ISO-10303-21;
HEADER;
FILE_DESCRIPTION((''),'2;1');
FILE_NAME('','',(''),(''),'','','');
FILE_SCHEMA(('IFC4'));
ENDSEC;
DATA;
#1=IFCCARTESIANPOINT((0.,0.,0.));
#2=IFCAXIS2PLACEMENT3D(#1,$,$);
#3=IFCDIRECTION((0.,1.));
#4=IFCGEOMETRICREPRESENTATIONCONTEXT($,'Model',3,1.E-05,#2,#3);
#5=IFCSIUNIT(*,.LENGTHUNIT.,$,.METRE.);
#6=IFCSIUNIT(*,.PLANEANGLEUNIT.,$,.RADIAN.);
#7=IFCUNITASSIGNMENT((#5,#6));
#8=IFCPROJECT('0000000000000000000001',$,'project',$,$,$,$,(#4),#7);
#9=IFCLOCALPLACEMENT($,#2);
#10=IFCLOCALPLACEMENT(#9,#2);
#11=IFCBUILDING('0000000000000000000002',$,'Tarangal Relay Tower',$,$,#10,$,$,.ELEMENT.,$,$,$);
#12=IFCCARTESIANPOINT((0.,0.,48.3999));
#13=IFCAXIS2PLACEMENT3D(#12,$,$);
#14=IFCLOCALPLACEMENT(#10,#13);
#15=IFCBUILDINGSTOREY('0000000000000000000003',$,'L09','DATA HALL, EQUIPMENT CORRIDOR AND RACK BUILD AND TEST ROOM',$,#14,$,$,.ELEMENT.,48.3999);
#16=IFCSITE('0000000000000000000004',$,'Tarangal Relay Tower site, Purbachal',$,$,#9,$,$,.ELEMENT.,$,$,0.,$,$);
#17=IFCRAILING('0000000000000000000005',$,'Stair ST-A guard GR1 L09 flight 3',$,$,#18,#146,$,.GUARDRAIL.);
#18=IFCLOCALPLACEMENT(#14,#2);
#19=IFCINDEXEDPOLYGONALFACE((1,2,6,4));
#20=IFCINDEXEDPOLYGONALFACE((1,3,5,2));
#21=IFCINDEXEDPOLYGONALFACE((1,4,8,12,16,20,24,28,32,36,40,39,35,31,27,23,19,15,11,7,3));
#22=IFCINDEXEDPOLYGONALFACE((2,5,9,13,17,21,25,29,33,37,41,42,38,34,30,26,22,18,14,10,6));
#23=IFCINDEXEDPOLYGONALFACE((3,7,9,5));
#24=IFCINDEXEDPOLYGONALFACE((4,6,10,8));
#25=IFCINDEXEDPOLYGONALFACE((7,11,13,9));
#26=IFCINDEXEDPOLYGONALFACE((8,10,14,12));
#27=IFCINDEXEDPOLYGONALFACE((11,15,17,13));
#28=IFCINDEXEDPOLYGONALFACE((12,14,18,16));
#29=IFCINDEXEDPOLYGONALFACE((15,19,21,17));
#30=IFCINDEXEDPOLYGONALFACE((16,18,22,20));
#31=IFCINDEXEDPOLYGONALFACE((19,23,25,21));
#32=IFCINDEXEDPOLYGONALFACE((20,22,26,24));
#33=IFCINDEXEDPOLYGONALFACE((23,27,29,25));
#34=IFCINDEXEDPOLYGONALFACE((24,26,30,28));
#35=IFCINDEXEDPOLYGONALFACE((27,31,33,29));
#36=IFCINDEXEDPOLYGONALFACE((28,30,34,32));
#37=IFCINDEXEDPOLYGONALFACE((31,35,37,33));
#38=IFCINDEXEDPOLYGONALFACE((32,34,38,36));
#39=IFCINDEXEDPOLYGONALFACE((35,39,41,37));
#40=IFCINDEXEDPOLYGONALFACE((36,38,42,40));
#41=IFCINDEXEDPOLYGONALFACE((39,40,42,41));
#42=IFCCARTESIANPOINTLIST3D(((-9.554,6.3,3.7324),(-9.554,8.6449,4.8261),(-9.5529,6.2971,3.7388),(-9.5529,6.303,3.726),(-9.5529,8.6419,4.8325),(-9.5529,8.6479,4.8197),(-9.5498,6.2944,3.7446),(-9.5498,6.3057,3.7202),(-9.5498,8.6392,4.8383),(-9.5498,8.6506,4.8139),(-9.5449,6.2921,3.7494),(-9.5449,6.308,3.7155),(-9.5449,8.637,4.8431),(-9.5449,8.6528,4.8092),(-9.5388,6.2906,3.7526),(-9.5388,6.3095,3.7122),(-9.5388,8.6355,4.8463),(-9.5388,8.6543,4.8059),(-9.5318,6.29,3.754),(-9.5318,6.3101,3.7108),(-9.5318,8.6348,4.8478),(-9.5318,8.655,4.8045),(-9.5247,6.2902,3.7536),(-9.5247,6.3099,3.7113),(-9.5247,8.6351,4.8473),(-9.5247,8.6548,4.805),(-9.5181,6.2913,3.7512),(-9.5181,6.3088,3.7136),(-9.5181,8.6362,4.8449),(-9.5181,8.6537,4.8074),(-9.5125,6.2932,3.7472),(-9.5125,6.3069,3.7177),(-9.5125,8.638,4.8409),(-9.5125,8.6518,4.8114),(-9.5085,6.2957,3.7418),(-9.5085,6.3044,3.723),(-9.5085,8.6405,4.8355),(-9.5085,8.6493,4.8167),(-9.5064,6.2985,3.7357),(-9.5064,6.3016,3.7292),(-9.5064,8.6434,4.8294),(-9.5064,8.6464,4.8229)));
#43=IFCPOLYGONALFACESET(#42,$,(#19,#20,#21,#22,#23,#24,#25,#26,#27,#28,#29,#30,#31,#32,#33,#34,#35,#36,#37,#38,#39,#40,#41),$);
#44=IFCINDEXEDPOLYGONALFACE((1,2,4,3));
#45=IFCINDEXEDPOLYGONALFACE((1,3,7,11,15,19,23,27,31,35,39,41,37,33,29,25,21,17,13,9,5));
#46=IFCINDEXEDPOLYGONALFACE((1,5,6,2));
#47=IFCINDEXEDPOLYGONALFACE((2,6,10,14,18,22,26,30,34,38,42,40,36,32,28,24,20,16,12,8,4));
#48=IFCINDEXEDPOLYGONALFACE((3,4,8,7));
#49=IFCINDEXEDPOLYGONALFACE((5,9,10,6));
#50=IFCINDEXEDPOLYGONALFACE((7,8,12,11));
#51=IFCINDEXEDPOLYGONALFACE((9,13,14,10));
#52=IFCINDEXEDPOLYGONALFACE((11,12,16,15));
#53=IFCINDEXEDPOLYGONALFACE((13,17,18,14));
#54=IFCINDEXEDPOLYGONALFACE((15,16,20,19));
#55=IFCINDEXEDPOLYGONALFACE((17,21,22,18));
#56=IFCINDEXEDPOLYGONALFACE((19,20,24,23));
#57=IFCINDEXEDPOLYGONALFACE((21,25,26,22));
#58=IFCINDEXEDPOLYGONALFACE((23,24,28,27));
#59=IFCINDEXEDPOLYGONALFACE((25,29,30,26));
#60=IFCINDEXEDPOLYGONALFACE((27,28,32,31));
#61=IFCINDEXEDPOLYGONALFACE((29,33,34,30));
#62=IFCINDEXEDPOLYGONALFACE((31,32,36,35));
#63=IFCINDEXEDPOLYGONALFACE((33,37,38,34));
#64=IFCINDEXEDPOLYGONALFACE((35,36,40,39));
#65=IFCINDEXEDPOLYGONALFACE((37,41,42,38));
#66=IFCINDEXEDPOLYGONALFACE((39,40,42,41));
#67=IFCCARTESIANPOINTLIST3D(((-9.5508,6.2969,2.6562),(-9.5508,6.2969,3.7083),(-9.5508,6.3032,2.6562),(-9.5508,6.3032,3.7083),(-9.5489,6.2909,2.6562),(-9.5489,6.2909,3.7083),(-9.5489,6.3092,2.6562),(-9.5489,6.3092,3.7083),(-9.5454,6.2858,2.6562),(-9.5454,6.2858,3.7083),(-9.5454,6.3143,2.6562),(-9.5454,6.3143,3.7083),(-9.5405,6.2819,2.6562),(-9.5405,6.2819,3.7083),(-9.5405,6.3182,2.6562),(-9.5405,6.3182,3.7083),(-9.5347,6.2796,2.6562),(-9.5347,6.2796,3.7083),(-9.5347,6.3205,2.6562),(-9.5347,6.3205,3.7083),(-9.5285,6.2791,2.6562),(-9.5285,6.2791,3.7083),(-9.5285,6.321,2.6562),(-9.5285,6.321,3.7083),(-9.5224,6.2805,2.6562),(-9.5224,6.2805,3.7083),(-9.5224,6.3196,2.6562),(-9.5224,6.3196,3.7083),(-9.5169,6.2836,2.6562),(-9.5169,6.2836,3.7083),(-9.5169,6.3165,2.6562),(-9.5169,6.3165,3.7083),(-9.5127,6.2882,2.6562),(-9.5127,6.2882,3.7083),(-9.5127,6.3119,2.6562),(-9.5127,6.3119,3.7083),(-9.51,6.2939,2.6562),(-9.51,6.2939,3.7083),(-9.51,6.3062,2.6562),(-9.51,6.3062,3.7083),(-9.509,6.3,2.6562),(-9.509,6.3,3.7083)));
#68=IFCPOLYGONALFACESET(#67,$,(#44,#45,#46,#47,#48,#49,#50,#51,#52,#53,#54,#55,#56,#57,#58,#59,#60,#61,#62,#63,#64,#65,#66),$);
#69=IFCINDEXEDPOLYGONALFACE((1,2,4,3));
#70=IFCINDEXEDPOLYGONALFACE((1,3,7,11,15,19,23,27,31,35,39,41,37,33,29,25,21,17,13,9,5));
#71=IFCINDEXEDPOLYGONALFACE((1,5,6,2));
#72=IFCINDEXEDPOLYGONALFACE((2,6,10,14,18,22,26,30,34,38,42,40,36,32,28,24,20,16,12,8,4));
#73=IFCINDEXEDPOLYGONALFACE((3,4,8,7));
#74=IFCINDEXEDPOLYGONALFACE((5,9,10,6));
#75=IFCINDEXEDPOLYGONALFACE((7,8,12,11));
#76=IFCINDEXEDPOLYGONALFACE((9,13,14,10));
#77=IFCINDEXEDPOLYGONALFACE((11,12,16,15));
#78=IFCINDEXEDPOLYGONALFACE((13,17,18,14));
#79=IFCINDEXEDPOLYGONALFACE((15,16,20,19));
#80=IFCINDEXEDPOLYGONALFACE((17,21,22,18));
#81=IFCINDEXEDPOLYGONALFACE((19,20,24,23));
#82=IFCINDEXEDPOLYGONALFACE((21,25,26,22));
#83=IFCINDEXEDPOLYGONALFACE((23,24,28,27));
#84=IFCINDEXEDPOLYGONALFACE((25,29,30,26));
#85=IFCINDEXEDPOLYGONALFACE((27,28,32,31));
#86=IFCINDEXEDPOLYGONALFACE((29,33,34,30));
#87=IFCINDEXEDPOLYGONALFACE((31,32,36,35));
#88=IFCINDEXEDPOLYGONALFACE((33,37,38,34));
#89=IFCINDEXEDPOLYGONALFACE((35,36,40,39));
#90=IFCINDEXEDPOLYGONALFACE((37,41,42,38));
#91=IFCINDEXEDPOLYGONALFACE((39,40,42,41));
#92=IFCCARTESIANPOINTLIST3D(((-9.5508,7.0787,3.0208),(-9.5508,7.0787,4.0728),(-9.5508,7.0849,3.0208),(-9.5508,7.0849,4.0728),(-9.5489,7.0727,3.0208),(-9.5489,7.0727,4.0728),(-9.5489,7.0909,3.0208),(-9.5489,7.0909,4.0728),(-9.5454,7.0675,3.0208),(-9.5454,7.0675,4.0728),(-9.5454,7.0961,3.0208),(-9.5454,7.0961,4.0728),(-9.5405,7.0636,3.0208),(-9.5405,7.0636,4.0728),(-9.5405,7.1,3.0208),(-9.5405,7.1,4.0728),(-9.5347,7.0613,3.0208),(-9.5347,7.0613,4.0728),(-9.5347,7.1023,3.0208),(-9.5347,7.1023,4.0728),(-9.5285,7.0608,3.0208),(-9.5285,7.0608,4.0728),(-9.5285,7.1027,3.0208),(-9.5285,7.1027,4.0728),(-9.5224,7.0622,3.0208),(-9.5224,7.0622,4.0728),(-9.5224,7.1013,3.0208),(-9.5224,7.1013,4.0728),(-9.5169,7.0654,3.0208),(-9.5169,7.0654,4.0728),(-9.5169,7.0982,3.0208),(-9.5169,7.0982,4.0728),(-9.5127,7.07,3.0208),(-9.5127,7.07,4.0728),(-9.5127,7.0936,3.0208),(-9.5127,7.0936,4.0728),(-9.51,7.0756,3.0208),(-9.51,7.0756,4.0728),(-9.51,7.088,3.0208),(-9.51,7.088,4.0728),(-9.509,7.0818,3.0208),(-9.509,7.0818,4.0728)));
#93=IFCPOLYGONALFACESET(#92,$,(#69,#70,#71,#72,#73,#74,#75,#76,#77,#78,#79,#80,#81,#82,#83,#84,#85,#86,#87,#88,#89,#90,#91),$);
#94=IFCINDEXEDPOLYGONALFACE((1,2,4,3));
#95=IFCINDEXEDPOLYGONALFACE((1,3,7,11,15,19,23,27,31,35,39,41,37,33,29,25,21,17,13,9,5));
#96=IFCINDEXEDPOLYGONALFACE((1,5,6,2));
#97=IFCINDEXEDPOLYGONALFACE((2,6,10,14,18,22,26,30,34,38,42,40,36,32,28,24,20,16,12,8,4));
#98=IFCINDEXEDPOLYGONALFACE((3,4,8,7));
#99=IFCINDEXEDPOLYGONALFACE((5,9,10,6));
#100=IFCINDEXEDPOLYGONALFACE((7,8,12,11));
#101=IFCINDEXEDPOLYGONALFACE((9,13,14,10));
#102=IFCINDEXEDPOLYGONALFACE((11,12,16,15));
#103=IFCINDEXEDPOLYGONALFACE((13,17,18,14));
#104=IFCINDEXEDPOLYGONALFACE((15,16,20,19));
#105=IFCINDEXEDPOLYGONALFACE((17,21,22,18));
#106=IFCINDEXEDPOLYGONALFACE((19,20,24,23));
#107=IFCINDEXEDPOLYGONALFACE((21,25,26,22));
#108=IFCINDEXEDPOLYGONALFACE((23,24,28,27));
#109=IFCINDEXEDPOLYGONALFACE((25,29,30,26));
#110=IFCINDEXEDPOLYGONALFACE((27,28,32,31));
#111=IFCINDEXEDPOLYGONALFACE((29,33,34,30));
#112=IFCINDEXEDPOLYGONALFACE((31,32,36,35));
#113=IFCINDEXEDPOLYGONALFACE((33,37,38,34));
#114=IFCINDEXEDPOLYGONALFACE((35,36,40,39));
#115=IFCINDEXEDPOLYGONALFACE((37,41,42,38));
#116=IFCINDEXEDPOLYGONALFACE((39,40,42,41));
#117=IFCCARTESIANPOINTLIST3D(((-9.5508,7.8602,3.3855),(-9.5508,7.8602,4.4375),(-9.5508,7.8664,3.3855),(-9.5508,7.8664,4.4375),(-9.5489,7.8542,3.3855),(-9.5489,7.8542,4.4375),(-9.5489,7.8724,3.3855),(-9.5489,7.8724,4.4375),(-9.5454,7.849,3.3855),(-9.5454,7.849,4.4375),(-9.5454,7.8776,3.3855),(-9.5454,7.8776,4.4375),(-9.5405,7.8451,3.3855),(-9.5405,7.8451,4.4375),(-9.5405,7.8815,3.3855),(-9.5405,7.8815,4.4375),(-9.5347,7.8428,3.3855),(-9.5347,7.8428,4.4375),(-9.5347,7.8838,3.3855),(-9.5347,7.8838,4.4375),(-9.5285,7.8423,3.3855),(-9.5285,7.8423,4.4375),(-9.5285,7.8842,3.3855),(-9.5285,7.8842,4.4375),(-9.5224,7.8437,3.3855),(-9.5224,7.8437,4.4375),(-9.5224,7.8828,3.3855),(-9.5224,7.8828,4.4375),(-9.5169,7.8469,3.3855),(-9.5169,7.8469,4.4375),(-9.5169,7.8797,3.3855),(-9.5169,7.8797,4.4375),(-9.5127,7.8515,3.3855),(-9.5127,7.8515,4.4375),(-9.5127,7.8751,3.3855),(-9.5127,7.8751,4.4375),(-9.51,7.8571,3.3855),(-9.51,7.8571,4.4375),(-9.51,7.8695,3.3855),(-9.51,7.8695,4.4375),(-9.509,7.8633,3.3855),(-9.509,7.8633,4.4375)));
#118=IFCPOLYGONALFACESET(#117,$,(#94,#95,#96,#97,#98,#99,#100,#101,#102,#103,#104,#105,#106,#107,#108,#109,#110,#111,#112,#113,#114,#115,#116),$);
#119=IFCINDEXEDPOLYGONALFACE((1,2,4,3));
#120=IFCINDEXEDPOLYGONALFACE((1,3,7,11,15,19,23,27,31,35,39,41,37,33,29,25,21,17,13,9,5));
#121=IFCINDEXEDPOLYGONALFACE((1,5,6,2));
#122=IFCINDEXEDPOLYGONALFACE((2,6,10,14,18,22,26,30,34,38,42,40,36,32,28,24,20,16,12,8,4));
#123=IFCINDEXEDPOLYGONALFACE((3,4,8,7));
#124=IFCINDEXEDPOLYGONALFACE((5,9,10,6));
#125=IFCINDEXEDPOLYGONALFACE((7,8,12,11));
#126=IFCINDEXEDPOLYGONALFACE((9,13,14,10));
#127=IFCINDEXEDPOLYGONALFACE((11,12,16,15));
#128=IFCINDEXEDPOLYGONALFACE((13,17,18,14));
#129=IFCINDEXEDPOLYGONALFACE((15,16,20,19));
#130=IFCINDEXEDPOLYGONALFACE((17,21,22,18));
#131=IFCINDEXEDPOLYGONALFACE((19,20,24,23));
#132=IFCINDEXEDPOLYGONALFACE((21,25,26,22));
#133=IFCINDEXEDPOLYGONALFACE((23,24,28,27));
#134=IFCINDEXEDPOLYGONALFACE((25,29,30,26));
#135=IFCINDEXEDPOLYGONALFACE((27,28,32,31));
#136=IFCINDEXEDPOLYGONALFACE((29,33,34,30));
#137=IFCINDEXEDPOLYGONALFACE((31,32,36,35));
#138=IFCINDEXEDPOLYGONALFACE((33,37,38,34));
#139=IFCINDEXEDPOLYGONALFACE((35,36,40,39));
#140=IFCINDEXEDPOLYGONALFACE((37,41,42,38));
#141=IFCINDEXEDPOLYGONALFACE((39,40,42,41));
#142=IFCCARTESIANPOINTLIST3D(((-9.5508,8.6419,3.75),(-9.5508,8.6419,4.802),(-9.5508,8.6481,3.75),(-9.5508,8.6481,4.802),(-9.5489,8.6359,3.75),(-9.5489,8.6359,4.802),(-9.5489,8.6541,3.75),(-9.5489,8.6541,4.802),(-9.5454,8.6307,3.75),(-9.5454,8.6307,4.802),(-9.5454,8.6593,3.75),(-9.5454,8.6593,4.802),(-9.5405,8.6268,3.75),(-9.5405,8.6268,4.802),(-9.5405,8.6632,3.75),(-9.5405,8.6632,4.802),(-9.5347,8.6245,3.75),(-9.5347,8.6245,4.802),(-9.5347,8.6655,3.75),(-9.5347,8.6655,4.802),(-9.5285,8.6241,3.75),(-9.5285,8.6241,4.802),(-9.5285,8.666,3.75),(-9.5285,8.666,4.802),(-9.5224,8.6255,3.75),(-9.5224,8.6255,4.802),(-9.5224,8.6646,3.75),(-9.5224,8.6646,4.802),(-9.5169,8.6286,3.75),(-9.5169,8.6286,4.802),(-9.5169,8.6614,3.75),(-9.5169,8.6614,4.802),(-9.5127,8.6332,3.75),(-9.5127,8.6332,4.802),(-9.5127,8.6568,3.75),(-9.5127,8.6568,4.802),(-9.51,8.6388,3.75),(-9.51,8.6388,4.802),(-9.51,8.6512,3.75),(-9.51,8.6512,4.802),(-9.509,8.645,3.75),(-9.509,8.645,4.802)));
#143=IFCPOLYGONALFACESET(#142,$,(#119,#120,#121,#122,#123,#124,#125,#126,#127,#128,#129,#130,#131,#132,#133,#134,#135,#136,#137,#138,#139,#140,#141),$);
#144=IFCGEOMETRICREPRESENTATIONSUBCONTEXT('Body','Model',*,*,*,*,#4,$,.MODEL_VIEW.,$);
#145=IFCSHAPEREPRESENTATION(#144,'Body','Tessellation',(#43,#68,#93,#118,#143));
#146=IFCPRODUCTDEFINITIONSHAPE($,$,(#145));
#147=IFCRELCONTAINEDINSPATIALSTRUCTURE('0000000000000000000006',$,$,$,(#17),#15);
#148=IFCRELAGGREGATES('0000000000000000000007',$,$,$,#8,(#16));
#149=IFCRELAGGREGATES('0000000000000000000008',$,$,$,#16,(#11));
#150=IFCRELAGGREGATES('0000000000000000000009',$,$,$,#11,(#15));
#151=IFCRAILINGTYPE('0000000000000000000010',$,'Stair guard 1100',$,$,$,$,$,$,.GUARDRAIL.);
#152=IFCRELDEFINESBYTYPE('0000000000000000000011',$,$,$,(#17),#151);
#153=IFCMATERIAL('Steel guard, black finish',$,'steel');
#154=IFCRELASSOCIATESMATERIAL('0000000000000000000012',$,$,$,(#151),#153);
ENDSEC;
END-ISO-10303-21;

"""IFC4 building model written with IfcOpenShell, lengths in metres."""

from ifc_helpers import new_model, si_unit, direction, frame, origin, origin_2d, place, context, subcontext, project, spatial, circle, extrude, material, type_object, element, save


model = new_model("IFC4")

# Units and contexts
model_context = context("Model", 3, precision=1e-05, world=origin(), true_north=direction((0.0, 1.0)))
body_context = subcontext(model_context, "Body", "Model", "MODEL_VIEW")
ifc_project = project(units=[si_unit("LENGTHUNIT", "METRE"), si_unit("PLANEANGLEUNIT", "RADIAN")], contexts=[model_context])

# Site, building, storey
site_placement = place(None, origin())
site = spatial("IfcSite", under=ifc_project, at=site_placement, Name="Tarangal Relay Tower site, Purbachal", CompositionType="ELEMENT", RefElevation=0.0)
building_placement = place(site_placement, origin())
building = spatial("IfcBuilding", under=site, at=building_placement, Name="Tarangal Relay Tower", CompositionType="ELEMENT")
storey_placement = place(building_placement, frame((0.0, 0.0, 48.3999)))
storey = spatial("IfcBuildingStorey", under=building, at=storey_placement, Name="L09", Description="DATA HALL, EQUIPMENT CORRIDOR AND RACK BUILD AND TEST ROOM", CompositionType="ELEMENT", Elevation=48.3999)

# Railing
ifc_material_1 = material(Name="Steel guard, black finish", Category="steel")
railing_type = type_object("IfcRailingType", Name="Stair guard 1100", PredefinedType="GUARDRAIL", material=ifc_material_1)
railing_1_placement = place(storey_placement, frame((-9.53, 6.3, 2.6562)))
element("IfcRailing", 1, at=railing_1_placement, inside=storey, type_object=railing_type, Name="Stair ST-A guard GR1 L09 flight 3", PredefinedType="GUARDRAIL", context=body_context, shape_type="SweptSolid", body=[
    extrude(circle(Radius=0.0239, at=origin_2d()), frame((0.0, 0.0, 1.0762), z_axis=(0.0, 0.906267, 0.422705), x_axis=(-1.0, 0.0, 0.0)), (0.0, 0.0, 1.0), 2.5874),
    extrude(circle(Radius=0.021, at=origin_2d()), origin(), (0.0, 0.0, 1.0), 1.052),
    extrude(circle(Radius=0.021, at=origin_2d()), frame((0.0, 0.7817, 0.3645)), (0.0, 0.0, 1.0), 1.052),
    extrude(circle(Radius=0.021, at=origin_2d()), frame((0.0, 1.5632, 0.7292)), (0.0, 0.0, 1.0), 1.052),
    extrude(circle(Radius=0.021, at=origin_2d()), frame((0.0, 2.345, 1.0938)), (0.0, 0.0, 1.0), 1.052),
])

save(model, "model.ifc")
